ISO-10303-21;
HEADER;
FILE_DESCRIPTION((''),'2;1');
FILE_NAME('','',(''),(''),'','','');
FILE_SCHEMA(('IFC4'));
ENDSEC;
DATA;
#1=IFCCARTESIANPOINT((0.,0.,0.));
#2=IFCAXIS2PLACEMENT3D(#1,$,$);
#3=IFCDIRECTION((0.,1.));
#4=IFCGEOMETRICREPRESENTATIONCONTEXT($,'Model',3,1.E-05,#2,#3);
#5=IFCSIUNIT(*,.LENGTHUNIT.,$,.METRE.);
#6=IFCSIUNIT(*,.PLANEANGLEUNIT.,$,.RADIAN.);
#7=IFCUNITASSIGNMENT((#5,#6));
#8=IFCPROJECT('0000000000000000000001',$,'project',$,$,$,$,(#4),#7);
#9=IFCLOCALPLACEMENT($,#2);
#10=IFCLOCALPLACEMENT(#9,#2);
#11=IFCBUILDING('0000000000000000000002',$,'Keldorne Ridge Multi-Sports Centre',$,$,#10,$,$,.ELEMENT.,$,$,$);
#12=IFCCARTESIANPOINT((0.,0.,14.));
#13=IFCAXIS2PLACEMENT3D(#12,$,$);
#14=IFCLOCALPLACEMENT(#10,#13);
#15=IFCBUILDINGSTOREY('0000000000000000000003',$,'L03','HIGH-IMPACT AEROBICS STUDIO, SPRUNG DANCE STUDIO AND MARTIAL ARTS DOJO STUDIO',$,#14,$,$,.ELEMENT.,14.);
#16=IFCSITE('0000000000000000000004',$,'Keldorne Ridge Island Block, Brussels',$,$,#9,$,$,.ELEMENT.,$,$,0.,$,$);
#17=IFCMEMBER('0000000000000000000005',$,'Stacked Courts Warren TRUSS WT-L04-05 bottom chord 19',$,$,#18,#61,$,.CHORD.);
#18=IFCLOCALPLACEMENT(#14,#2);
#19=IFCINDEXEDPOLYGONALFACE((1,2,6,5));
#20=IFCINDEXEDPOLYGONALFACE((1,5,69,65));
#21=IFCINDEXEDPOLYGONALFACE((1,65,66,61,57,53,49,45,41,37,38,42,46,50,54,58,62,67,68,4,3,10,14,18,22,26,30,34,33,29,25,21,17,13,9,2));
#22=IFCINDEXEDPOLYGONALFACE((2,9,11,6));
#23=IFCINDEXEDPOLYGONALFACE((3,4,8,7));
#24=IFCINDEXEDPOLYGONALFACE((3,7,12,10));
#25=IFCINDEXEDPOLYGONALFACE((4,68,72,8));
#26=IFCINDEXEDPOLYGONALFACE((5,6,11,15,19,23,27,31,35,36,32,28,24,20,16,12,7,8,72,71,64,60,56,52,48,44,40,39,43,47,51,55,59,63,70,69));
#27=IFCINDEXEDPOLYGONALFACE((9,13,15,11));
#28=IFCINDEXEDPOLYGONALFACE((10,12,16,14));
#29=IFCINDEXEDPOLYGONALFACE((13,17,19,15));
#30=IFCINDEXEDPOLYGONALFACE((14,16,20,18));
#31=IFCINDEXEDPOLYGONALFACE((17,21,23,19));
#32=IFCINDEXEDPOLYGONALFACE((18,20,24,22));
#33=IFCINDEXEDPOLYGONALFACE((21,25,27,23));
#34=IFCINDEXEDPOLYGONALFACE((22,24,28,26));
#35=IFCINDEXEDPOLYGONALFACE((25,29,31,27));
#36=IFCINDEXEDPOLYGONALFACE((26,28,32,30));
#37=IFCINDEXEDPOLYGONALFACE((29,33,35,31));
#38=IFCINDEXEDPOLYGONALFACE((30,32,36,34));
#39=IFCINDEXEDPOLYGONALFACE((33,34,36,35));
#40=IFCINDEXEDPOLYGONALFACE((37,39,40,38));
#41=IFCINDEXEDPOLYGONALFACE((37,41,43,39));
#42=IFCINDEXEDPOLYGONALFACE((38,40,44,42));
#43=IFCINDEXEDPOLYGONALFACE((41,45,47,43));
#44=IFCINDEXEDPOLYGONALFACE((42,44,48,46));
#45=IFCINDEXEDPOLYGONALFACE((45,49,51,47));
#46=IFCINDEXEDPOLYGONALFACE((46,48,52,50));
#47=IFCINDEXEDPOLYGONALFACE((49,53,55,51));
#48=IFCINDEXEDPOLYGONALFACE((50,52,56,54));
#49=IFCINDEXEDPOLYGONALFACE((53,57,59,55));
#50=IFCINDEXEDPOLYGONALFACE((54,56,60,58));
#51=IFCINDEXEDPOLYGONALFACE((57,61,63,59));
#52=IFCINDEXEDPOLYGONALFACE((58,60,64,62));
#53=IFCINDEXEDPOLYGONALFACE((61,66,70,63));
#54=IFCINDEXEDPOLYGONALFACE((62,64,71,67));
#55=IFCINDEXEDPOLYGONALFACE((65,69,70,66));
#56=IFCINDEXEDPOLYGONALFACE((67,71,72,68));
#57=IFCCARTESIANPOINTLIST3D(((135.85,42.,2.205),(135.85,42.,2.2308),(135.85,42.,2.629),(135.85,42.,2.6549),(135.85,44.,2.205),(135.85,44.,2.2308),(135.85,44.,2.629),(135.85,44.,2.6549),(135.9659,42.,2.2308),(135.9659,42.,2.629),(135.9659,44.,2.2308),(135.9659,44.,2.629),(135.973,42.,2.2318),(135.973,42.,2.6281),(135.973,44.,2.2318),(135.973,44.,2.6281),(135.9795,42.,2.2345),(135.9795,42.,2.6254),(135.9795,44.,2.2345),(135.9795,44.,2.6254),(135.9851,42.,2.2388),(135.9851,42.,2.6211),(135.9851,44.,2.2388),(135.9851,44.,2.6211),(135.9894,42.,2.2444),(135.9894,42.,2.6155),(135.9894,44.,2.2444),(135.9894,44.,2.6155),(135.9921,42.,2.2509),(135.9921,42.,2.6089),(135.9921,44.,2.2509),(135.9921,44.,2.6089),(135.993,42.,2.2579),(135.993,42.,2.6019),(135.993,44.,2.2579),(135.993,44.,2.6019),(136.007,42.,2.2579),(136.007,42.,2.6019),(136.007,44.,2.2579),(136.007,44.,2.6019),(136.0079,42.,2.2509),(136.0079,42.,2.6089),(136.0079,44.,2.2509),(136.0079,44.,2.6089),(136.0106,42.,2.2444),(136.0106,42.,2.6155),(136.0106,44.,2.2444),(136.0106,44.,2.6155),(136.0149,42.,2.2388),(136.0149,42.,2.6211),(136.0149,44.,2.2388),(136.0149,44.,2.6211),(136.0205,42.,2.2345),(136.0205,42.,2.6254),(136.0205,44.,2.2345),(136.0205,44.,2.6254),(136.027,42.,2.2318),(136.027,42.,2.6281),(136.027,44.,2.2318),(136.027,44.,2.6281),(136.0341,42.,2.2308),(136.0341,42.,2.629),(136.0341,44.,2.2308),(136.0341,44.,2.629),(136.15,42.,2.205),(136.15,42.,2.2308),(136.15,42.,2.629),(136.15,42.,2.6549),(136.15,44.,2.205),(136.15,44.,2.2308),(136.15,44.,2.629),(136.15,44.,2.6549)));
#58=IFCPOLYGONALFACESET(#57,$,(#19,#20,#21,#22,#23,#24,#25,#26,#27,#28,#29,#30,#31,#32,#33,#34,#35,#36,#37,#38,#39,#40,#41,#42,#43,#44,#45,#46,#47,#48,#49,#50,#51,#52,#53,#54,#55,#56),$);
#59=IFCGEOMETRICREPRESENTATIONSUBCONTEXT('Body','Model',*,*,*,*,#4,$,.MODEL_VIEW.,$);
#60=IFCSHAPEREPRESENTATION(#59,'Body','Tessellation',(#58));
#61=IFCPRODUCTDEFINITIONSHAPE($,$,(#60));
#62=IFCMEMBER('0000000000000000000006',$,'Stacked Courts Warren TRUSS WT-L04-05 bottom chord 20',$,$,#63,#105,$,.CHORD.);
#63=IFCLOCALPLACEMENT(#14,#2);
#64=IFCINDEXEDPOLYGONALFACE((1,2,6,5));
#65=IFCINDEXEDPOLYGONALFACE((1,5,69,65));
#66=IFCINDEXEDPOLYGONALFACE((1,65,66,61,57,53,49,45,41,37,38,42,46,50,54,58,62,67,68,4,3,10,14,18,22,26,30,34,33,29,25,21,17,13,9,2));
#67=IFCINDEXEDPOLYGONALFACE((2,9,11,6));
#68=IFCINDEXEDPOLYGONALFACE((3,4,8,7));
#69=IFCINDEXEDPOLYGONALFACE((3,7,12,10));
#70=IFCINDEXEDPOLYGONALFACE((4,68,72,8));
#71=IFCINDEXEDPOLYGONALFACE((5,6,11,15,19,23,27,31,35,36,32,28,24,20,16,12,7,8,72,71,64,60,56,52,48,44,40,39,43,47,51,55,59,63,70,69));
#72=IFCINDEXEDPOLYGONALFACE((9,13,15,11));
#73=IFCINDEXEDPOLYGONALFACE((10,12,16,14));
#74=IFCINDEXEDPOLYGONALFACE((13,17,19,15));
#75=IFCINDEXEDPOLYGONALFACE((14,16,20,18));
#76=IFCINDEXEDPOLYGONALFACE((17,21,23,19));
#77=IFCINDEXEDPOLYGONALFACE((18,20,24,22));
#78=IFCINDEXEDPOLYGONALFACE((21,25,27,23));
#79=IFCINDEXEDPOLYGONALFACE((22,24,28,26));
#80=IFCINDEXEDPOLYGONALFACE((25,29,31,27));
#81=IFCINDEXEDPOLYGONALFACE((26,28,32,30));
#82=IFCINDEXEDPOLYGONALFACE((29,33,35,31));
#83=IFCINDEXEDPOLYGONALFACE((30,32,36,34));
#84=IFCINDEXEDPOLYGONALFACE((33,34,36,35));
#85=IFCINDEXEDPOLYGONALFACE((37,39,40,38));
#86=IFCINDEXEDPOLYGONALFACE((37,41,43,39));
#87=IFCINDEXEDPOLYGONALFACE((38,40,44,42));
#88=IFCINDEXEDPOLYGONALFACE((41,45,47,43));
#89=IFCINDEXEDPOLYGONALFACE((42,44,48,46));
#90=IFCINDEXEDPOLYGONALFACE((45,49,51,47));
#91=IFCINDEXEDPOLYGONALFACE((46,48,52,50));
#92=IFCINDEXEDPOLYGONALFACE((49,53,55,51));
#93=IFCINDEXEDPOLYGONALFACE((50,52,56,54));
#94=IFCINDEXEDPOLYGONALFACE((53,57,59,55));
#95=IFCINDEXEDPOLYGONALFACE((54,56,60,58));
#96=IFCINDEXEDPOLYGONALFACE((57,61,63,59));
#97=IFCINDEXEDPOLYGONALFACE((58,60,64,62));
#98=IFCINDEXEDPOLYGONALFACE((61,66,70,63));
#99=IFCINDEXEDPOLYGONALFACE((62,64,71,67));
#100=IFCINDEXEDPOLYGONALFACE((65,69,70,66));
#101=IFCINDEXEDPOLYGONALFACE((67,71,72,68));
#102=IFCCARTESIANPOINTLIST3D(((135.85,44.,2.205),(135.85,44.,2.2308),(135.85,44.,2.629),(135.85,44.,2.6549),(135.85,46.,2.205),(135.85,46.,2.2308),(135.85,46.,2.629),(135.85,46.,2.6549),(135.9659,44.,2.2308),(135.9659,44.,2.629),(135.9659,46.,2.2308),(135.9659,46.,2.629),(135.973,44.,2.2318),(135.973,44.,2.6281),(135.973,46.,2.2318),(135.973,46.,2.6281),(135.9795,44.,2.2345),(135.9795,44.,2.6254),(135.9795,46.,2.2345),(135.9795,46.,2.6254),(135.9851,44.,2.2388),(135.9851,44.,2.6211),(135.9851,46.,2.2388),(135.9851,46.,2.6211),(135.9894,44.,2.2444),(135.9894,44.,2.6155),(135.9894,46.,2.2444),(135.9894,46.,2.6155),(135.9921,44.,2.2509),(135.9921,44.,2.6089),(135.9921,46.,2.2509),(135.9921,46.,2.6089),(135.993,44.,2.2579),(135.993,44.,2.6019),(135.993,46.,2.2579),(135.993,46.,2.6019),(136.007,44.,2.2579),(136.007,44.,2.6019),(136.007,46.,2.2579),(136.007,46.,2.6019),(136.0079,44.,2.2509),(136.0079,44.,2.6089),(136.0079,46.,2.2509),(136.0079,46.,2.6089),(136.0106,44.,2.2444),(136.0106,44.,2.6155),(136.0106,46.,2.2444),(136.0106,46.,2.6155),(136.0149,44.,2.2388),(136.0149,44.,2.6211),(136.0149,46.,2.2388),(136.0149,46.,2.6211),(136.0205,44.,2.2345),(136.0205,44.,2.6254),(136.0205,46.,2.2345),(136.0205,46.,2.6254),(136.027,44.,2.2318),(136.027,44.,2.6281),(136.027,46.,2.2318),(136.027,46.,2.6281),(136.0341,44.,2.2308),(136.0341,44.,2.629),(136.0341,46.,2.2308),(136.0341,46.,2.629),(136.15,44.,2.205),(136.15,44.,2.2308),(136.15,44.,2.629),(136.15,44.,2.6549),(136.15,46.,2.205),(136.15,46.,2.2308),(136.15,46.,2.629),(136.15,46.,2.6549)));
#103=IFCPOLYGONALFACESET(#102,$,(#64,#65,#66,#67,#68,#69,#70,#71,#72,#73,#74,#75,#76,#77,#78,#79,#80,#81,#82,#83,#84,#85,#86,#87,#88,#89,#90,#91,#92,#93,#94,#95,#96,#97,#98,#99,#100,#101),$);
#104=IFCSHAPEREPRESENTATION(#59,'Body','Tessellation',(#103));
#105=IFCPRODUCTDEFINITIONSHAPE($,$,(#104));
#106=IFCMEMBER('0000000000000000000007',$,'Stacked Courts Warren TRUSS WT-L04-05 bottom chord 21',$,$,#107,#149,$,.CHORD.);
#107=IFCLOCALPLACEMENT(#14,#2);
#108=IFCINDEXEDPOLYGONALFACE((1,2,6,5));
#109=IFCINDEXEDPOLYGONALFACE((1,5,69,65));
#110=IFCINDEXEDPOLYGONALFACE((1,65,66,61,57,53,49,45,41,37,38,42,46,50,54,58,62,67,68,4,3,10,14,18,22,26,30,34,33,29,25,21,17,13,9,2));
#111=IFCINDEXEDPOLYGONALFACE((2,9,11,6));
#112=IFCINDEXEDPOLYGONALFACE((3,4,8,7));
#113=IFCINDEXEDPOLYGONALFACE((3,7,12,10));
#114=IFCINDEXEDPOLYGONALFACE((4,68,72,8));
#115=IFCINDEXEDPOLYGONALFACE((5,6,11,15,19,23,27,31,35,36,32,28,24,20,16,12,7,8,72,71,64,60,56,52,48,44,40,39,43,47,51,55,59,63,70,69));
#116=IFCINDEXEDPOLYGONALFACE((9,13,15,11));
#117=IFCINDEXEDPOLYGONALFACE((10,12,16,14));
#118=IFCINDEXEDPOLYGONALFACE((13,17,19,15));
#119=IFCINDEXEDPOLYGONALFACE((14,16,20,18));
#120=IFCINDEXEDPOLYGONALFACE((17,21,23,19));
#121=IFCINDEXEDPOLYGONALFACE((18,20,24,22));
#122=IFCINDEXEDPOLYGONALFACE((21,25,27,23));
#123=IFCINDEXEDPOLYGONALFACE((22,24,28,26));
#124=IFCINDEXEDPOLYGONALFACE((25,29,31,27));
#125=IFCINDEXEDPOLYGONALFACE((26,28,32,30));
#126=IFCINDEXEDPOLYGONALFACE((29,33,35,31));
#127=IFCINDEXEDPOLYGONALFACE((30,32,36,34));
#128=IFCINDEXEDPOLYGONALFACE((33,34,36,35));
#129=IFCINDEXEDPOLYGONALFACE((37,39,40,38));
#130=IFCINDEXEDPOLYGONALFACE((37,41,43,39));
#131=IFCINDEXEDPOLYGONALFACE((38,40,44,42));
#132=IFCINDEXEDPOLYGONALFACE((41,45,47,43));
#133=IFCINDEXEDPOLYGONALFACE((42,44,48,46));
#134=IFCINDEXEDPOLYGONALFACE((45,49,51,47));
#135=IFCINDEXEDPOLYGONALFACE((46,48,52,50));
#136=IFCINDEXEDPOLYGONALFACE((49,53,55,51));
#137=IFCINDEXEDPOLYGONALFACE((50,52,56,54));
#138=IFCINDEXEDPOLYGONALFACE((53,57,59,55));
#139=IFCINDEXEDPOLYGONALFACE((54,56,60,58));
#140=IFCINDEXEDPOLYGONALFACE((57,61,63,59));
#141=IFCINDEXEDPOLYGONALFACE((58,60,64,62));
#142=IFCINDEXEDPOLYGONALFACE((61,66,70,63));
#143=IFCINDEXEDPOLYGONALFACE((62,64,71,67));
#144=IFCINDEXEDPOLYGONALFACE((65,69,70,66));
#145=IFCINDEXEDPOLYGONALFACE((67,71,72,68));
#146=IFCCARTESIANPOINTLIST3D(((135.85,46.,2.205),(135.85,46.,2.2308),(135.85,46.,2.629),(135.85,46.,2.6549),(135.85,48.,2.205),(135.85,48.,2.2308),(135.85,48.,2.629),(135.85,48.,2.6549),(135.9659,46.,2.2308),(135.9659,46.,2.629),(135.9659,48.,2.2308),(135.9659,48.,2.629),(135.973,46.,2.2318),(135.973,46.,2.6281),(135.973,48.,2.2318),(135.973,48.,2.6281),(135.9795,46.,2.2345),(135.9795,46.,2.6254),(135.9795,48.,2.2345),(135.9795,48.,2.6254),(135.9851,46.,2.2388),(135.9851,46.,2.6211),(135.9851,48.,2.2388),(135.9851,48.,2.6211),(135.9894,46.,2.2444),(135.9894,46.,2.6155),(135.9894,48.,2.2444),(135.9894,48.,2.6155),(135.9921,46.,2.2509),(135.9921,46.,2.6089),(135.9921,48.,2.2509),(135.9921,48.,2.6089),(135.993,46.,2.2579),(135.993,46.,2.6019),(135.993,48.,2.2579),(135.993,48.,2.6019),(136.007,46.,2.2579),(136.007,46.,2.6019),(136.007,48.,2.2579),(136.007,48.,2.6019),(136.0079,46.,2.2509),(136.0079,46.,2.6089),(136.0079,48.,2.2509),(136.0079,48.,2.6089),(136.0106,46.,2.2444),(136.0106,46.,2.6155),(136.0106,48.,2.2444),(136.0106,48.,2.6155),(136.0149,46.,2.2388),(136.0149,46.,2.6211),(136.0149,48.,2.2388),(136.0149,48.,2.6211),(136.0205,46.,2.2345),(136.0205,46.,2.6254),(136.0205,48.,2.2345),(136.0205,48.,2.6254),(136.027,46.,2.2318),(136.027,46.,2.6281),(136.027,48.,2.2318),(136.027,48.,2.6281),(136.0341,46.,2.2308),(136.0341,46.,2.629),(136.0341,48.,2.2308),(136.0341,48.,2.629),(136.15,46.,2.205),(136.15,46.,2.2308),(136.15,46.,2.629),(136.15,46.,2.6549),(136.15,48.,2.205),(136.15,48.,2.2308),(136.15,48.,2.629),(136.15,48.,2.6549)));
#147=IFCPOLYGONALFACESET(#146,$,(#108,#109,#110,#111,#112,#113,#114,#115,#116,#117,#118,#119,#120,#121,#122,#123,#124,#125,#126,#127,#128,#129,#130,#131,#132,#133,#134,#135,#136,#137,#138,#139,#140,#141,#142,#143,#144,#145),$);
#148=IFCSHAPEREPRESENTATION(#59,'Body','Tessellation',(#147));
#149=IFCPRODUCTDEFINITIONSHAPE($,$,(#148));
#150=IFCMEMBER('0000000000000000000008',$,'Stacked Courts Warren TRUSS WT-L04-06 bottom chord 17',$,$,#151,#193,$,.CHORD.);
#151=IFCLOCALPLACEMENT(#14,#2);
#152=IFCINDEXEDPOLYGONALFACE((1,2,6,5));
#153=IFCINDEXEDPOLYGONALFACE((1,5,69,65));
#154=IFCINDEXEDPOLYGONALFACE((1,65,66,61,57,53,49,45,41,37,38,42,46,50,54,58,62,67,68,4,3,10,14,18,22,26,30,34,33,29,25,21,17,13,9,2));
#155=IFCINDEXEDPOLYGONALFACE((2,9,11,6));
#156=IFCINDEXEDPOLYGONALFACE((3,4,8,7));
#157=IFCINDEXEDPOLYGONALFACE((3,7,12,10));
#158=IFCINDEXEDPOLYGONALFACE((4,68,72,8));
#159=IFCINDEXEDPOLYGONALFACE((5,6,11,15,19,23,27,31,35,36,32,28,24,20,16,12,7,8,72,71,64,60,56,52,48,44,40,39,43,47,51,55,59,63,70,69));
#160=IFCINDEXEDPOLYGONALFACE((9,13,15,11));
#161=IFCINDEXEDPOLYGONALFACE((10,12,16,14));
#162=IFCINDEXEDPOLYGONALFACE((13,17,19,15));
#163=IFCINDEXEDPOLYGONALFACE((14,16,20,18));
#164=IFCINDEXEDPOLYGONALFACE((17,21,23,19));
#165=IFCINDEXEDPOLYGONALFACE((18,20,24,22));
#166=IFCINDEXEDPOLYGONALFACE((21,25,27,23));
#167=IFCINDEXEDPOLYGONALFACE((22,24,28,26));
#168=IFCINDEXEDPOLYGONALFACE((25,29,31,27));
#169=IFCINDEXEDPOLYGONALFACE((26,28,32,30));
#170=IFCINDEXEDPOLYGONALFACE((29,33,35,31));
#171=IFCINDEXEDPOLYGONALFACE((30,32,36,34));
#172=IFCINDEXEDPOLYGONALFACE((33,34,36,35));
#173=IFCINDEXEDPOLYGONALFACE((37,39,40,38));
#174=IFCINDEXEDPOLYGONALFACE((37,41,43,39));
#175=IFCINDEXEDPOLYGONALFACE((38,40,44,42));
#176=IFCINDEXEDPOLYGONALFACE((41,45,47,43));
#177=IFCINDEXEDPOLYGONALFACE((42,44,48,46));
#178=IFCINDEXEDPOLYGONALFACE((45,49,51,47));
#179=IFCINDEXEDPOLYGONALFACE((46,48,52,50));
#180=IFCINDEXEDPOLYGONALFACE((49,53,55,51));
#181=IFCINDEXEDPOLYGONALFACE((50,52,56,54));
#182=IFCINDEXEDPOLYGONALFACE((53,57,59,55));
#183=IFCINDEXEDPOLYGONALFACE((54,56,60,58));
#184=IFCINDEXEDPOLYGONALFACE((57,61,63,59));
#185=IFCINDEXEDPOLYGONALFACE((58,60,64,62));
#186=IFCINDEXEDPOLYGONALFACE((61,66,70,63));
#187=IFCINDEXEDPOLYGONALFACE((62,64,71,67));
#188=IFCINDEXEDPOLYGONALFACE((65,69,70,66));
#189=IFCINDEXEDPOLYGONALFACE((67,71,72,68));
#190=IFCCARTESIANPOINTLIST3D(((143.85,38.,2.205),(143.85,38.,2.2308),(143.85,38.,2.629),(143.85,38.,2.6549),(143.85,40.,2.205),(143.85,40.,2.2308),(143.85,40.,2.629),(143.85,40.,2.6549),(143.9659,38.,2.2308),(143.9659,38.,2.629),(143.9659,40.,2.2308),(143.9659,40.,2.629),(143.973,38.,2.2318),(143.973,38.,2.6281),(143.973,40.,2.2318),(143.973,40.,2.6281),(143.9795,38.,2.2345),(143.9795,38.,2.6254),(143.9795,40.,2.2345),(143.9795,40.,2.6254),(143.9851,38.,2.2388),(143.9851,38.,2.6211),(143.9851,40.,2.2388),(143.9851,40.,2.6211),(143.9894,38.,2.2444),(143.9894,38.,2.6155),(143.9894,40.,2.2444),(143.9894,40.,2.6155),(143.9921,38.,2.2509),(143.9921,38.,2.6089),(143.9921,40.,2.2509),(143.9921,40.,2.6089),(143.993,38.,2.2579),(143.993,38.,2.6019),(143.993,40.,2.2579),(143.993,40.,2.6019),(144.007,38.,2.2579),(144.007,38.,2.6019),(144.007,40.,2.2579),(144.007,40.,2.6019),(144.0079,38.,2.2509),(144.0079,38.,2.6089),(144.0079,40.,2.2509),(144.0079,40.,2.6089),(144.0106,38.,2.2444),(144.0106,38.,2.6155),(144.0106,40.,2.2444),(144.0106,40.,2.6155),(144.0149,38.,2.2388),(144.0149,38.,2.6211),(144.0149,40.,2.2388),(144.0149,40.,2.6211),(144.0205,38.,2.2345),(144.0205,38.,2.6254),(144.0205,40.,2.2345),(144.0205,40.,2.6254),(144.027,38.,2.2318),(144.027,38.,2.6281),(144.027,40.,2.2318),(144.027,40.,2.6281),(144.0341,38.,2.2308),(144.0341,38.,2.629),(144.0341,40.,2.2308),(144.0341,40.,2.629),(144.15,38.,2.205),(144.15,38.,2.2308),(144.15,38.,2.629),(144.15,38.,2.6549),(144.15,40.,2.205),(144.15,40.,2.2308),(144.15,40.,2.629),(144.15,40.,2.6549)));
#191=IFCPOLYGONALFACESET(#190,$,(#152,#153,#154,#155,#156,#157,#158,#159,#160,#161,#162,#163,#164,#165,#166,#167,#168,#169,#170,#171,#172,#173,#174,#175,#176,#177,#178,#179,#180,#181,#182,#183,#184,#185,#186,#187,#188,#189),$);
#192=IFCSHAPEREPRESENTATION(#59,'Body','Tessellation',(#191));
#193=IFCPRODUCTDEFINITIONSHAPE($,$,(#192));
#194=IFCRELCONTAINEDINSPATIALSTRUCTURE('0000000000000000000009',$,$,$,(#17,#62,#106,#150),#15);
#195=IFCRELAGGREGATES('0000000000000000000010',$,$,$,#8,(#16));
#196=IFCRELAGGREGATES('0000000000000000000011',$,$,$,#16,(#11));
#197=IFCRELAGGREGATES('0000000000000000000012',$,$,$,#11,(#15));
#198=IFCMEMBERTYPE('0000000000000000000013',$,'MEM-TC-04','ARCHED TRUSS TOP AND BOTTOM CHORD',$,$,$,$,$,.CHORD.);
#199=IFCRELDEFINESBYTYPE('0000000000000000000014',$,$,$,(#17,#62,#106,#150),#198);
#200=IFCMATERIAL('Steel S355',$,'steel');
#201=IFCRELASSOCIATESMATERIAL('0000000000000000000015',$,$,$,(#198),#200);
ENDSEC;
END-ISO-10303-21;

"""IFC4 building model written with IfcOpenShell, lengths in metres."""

from ifc_helpers import new_model, si_unit, direction, frame, origin, origin_2d, place, context, subcontext, project, spatial, i_section, extrude, material, material_profile, profile_set, type_object, element, save


model = new_model("IFC4")

# Units and contexts
model_context = context("Model", 3, precision=1e-05, world=origin(), true_north=direction((0.0, 1.0)))
body_context = subcontext(model_context, "Body", "Model", "MODEL_VIEW")
ifc_project = project(units=[si_unit("LENGTHUNIT", "METRE"), si_unit("PLANEANGLEUNIT", "RADIAN")], contexts=[model_context])

# Site, building, storey
site_placement = place(None, origin())
site = spatial("IfcSite", under=ifc_project, at=site_placement, Name="Keldorne Ridge Island Block, Brussels", CompositionType="ELEMENT", RefElevation=0.0)
building_placement = place(site_placement, origin())
building = spatial("IfcBuilding", under=site, at=building_placement, Name="Keldorne Ridge Multi-Sports Centre", CompositionType="ELEMENT")
storey_placement = place(building_placement, frame((0.0, 0.0, 14.0)))
storey = spatial("IfcBuildingStorey", under=building, at=storey_placement, Name="L03", Description="HIGH-IMPACT AEROBICS STUDIO, SPRUNG DANCE STUDIO AND MARTIAL ARTS DOJO STUDIO", CompositionType="ELEMENT", Elevation=14.0)

# Members
ifc_material = material(Name="Steel S355", Category="steel")
ifc_material_profile_1 = material_profile(ifc_material, i_section(OverallWidth=0.3, OverallDepth=0.45, WebThickness=0.0139, FlangeThickness=0.0259, FilletRadius=0.0271, at=origin_2d()), Name="HEB 450")
ifc_profile_set_1 = profile_set([ifc_material_profile_1], Name="Steel S355")
member_type_1 = type_object("IfcMemberType", Name="MEM-TC-04", Description="ARCHED TRUSS TOP AND BOTTOM CHORD", PredefinedType="CHORD", material=ifc_profile_set_1)
for number, where, z_axis, x_axis, name in (
    (1, (136.0, 42.0, 2.4299), (0.0, 1.0, 0.0), (-1.0, 0.0, 0.0), "Stacked Courts Warren TRUSS WT-L04-05 bottom chord 19"),
    (2, (136.0, 44.0, 2.4299), (0.0, 1.0, 0.0), (-1.0, 0.0, 0.0), "Stacked Courts Warren TRUSS WT-L04-05 bottom chord 20"),
    (3, (136.0, 46.0, 2.4299), (0.0, 1.0, 0.0), (-1.0, 0.0, 0.0), "Stacked Courts Warren TRUSS WT-L04-05 bottom chord 21"),
    (4, (144.0, 38.0, 2.4299), (0.0, 1.0, 0.0), (-1.0, 0.0, 0.0), "Stacked Courts Warren TRUSS WT-L04-06 bottom chord 17"),
):
    element("IfcMember", number, at=place(storey_placement, frame(where, z_axis=z_axis, x_axis=x_axis)), inside=storey, type_object=member_type_1, Name=name, PredefinedType="CHORD", context=body_context, shape_type="SweptSolid", body=[
        extrude(i_section(OverallWidth=0.3, OverallDepth=0.45, WebThickness=0.0139, FlangeThickness=0.0259, FilletRadius=0.0271, at=origin_2d()), origin(), (0.0, 0.0, 1.0), 2.0),
    ])

save(model, "model.ifc")
